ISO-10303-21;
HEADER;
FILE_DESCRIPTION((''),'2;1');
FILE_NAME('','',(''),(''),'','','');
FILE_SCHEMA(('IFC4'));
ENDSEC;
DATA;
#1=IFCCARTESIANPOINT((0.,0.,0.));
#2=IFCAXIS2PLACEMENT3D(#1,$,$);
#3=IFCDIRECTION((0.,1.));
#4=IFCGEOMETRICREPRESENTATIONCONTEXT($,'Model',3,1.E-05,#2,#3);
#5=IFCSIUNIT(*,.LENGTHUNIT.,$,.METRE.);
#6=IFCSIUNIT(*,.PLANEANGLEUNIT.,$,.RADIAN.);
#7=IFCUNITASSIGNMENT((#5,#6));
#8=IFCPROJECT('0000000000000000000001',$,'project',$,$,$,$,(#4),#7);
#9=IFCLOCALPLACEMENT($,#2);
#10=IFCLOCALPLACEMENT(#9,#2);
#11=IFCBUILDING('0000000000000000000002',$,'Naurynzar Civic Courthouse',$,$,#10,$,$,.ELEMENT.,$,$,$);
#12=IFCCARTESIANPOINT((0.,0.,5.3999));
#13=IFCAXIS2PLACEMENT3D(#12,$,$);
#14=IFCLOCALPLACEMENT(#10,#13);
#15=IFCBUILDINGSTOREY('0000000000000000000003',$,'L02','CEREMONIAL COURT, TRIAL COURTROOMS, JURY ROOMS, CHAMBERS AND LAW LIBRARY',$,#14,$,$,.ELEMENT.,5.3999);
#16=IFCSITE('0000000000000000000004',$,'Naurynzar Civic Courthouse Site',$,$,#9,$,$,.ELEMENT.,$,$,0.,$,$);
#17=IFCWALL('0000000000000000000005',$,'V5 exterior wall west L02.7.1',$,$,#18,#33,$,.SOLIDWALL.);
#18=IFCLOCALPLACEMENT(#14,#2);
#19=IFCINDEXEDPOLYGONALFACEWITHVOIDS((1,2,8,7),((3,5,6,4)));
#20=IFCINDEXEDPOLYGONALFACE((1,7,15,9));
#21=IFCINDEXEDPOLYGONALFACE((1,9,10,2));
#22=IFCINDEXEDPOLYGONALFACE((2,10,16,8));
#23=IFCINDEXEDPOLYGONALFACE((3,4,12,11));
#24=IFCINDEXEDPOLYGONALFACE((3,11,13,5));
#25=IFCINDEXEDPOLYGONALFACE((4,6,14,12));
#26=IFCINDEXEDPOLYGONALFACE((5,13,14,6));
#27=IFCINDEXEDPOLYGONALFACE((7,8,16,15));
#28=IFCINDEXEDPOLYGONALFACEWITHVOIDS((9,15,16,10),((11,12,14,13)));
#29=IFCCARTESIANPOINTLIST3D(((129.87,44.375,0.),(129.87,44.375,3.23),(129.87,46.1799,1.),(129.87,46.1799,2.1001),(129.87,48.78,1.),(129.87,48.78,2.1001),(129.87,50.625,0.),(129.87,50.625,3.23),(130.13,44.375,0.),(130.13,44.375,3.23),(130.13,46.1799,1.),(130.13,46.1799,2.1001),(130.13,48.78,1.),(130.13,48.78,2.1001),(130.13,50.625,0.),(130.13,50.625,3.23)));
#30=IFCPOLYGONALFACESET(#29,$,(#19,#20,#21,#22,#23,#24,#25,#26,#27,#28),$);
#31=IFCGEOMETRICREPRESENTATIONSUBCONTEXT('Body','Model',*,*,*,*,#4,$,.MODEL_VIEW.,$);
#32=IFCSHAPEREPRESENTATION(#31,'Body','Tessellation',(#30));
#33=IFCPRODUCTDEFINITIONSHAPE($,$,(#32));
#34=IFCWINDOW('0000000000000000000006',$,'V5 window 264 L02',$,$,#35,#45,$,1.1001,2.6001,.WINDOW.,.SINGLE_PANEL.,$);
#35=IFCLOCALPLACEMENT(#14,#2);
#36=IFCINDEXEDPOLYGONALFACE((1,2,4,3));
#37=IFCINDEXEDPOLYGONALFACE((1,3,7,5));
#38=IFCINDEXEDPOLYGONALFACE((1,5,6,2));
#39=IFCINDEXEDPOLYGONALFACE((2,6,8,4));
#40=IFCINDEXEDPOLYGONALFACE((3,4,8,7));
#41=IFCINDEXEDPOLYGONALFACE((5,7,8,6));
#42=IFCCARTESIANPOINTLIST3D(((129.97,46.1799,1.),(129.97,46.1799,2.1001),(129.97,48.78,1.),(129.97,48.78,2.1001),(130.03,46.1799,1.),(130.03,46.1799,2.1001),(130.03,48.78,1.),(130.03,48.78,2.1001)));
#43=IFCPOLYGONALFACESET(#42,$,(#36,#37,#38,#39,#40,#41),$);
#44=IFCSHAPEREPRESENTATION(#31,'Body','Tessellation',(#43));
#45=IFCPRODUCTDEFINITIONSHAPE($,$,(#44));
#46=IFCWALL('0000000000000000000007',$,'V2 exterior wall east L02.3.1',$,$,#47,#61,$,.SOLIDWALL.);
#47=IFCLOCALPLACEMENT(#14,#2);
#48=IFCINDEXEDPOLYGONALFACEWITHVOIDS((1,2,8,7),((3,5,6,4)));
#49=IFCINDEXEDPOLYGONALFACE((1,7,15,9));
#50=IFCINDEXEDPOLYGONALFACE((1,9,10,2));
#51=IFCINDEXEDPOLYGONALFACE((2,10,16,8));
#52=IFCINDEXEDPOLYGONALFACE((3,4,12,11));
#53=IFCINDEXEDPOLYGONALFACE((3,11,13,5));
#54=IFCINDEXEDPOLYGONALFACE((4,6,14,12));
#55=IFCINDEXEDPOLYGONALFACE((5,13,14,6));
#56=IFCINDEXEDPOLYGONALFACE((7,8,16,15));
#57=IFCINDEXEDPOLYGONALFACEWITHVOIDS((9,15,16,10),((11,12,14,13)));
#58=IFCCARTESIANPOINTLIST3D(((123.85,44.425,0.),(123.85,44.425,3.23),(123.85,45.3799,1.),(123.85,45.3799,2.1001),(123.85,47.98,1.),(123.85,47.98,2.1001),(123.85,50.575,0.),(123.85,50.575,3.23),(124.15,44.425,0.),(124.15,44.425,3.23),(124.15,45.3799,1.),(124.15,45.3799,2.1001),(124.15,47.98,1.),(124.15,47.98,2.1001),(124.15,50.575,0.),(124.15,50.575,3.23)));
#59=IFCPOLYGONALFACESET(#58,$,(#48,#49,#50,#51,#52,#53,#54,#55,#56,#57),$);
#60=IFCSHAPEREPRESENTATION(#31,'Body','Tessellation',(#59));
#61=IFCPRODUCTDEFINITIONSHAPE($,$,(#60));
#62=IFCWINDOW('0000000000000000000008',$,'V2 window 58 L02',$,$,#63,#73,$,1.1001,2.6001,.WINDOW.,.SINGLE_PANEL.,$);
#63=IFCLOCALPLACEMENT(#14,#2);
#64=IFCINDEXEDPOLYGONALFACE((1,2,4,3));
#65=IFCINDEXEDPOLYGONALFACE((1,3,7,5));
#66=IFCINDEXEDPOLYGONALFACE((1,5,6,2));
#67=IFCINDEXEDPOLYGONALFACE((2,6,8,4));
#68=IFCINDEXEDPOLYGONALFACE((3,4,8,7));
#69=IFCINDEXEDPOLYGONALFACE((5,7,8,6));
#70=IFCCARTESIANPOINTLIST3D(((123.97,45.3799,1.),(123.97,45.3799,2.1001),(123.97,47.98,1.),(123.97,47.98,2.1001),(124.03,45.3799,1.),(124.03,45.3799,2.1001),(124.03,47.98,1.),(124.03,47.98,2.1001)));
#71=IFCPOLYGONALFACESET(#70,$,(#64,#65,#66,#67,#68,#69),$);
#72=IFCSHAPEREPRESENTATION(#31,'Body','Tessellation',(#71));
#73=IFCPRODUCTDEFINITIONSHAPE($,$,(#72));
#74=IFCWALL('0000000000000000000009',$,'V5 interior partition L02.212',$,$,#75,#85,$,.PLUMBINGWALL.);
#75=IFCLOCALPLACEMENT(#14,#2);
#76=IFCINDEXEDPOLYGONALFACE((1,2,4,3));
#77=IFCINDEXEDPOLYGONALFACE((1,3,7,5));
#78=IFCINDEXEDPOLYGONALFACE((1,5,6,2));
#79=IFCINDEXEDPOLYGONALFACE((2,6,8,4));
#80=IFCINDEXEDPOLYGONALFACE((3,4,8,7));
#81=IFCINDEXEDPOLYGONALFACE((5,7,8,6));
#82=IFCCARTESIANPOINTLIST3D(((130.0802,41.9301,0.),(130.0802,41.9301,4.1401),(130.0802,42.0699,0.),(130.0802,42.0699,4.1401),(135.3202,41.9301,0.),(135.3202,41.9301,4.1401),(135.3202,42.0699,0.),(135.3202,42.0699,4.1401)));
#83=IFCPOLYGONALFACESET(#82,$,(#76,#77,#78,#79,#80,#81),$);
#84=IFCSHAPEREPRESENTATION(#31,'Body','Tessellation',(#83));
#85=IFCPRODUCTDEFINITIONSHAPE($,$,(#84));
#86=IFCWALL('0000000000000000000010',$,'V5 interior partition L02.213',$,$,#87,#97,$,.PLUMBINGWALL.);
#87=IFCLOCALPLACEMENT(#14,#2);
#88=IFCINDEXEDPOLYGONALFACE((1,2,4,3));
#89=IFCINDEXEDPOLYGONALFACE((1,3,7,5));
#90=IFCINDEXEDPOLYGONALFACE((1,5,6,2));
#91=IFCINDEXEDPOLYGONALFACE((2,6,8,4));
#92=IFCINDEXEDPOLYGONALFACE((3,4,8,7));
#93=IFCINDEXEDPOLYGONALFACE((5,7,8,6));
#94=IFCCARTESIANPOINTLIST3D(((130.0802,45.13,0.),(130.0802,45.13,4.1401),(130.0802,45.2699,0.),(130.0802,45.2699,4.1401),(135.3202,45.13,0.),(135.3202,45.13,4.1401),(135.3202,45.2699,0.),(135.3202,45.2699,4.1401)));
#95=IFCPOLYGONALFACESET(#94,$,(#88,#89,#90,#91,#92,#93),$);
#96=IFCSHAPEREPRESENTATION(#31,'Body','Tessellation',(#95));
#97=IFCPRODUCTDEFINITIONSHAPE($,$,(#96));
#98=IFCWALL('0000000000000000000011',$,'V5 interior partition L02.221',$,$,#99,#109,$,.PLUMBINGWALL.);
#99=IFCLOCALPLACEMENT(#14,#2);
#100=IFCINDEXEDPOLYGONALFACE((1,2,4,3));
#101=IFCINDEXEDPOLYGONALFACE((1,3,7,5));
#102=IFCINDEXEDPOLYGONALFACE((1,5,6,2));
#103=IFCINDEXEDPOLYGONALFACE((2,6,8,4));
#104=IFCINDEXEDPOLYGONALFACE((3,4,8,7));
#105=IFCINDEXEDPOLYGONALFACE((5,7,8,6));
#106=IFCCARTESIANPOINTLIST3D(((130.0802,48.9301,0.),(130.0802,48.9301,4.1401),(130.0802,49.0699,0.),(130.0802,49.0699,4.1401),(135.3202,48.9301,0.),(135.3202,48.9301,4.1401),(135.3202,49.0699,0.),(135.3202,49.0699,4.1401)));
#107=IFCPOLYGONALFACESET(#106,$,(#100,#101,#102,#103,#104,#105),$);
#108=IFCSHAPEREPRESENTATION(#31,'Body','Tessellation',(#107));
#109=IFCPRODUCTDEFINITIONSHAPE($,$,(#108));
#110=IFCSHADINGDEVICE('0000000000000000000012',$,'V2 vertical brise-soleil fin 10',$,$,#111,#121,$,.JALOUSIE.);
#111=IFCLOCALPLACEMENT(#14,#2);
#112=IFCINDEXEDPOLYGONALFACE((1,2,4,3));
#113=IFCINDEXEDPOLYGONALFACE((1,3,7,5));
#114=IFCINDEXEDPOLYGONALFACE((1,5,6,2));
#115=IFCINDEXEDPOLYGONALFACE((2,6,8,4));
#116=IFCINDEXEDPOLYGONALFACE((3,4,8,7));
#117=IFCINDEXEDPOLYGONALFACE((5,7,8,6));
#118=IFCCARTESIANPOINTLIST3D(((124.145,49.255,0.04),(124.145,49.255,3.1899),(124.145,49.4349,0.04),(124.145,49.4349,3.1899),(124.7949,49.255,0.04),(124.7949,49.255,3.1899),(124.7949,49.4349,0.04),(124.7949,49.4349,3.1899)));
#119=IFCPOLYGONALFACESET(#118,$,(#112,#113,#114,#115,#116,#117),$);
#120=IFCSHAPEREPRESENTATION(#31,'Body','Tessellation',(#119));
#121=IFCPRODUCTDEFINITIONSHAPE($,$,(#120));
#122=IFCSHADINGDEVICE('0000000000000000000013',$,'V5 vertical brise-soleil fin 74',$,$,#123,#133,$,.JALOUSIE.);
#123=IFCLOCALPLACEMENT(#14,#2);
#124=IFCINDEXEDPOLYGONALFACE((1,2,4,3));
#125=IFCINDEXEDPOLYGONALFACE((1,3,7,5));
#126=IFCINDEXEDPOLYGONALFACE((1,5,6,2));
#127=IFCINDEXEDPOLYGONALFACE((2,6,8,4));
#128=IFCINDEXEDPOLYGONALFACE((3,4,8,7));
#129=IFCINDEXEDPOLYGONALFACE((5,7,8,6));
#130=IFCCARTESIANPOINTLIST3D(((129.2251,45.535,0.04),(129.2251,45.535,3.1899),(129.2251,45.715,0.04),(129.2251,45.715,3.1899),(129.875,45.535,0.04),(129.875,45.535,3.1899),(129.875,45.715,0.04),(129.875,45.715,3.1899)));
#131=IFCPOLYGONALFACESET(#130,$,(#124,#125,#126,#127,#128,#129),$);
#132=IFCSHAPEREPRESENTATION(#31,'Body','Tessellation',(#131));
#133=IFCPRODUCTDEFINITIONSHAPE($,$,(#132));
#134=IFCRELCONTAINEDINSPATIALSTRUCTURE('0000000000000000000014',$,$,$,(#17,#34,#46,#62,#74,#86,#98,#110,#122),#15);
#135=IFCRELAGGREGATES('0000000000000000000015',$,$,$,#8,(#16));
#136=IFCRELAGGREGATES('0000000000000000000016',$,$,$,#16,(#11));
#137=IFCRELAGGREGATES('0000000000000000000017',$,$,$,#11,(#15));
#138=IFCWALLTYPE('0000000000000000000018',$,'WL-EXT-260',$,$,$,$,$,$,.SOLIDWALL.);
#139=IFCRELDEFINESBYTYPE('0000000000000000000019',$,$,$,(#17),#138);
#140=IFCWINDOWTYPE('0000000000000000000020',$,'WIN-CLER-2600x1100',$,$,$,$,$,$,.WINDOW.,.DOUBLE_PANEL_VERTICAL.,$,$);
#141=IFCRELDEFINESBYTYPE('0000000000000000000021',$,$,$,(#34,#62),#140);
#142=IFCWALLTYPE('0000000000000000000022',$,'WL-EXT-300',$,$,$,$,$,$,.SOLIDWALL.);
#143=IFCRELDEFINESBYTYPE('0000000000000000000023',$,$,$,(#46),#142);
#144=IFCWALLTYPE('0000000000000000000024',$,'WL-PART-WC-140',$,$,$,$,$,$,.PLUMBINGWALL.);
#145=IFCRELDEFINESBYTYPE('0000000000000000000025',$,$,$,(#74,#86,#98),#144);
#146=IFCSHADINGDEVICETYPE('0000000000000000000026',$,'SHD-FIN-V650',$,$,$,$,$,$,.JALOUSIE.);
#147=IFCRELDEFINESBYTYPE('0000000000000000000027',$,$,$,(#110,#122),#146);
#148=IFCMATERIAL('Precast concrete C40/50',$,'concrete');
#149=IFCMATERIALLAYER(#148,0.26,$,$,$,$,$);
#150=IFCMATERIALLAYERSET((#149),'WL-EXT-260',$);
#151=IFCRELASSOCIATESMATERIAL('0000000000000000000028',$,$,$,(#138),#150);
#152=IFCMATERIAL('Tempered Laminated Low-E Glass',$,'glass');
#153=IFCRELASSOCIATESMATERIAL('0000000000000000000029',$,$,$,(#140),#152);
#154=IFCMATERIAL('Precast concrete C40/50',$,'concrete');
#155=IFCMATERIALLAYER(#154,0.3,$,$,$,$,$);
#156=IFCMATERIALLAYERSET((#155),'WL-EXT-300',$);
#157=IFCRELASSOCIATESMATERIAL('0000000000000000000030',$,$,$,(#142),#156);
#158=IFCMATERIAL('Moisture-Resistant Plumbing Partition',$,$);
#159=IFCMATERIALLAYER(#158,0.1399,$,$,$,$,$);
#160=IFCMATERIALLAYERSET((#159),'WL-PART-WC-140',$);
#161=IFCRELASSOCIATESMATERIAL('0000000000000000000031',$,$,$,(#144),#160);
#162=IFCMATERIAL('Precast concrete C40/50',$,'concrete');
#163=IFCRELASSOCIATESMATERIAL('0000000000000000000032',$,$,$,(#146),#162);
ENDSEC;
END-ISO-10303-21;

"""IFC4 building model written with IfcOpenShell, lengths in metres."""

from ifc_helpers import new_model, si_unit, direction, frame, frame_2d, origin, origin_2d, place, context, subcontext, project, spatial, rectangle, extrude, material, layer, layer_set, type_object, element, fill, save


model = new_model("IFC4")

# Units and contexts
model_context = context("Model", 3, precision=1e-05, world=origin(), true_north=direction((0.0, 1.0)))
body_context = subcontext(model_context, "Body", "Model", "MODEL_VIEW")
ifc_project = project(units=[si_unit("LENGTHUNIT", "METRE"), si_unit("PLANEANGLEUNIT", "RADIAN")], contexts=[model_context])

# Site, building, storey
site_placement = place(None, origin())
site = spatial("IfcSite", under=ifc_project, at=site_placement, Name="Naurynzar Civic Courthouse Site", CompositionType="ELEMENT", RefElevation=0.0)
building_placement = place(site_placement, origin())
building = spatial("IfcBuilding", under=site, at=building_placement, Name="Naurynzar Civic Courthouse", CompositionType="ELEMENT")
storey_placement = place(building_placement, frame((0.0, 0.0, 5.3999)))
storey = spatial("IfcBuildingStorey", under=building, at=storey_placement, Name="L02", Description="CEREMONIAL COURT, TRIAL COURTROOMS, JURY ROOMS, CHAMBERS AND LAW LIBRARY", CompositionType="ELEMENT", Elevation=5.3999)

# Walls, openings, windows
ifc_material_1 = material(Name="Precast concrete C40/50", Category="concrete")
ifc_layer_1 = layer(ifc_material_1, 0.26)
ifc_layer_set_1 = layer_set([ifc_layer_1], Name="WL-EXT-260")
wall_type_1 = type_object("IfcWallType", Name="WL-EXT-260", PredefinedType="SOLIDWALL", material=ifc_layer_set_1)
wall_1_placement = place(storey_placement, frame((130.0, 44.375, 0.0), z_axis=(0.0, 0.0, 1.0), x_axis=(0.0, 1.0, 0.0)))
wall_1 = element("IfcWall", 1, at=wall_1_placement, inside=storey, type_object=wall_type_1, Name="V5 exterior wall west L02.7.1", PredefinedType="SOLIDWALL", context=body_context, shape_type="SweptSolid", body=[
    extrude(rectangle(XDim=6.25, YDim=0.26, at=frame_2d((3.125, 0.0))), origin(), (0.0, 0.0, 1.0), 3.23),
])
opening_1_placement = place(wall_1_placement, frame((1.8049, 0.0, 1.0)))
opening_1 = element("IfcOpeningElement", 2, at=opening_1_placement, cuts=wall_1, PredefinedType="OPENING", context=body_context, shape_type="SweptSolid", body=[
    extrude(rectangle(XDim=2.6001, YDim=1.1001, at=frame_2d((1.3, 0.55))), frame((0.0, 0.1399, 0.0), z_axis=(0.0, -1.0, 0.0), x_axis=(1.0, 0.0, 0.0)), (0.0, 0.0, 1.0), 0.28),
])
ifc_material_2 = material(Name="Tempered Laminated Low-E Glass", Category="glass")
window_type = type_object("IfcWindowType", Name="WIN-CLER-2600x1100", PartitioningType="DOUBLE_PANEL_VERTICAL", PredefinedType="WINDOW", material=ifc_material_2)
window_1_placement = place(opening_1_placement, origin())
window_1 = element("IfcWindow", 3, at=window_1_placement, inside=storey, type_object=window_type, Name="V5 window 264 L02", OverallHeight=1.1001, OverallWidth=2.6001, PartitioningType="SINGLE_PANEL", PredefinedType="WINDOW", context=body_context, shape_type="SweptSolid", body=[
    extrude(rectangle(XDim=2.6001, YDim=1.1001, at=frame_2d((1.3, 0.55))), frame((0.0, 0.03, 0.0), z_axis=(0.0, -1.0, 0.0), x_axis=(1.0, 0.0, 0.0)), (0.0, 0.0, 1.0), 0.0601),
])
fill(opening_1, window_1)
ifc_material_3 = material(Name="Precast concrete C40/50", Category="concrete")
ifc_layer_2 = layer(ifc_material_3, 0.3)
ifc_layer_set_2 = layer_set([ifc_layer_2], Name="WL-EXT-300")
wall_type_2 = type_object("IfcWallType", Name="WL-EXT-300", PredefinedType="SOLIDWALL", material=ifc_layer_set_2)
wall_2_placement = place(storey_placement, frame((124.0, 50.575, 0.0), z_axis=(0.0, 0.0, 1.0), x_axis=(0.0, -1.0, 0.0)))
wall_2 = element("IfcWall", 4, at=wall_2_placement, inside=storey, type_object=wall_type_2, Name="V2 exterior wall east L02.3.1", PredefinedType="SOLIDWALL", context=body_context, shape_type="SweptSolid", body=[
    extrude(rectangle(XDim=6.1499, YDim=0.3, at=frame_2d((3.075, 0.0))), origin(), (0.0, 0.0, 1.0), 3.23),
])
opening_2_placement = place(wall_2_placement, frame((2.595, 0.0, 1.0)))
opening_2 = element("IfcOpeningElement", 5, at=opening_2_placement, cuts=wall_2, PredefinedType="OPENING", context=body_context, shape_type="SweptSolid", body=[
    extrude(rectangle(XDim=2.6001, YDim=1.1001, at=frame_2d((1.3, 0.55))), frame((0.0, 0.1599, 0.0), z_axis=(0.0, -1.0, 0.0), x_axis=(1.0, 0.0, 0.0)), (0.0, 0.0, 1.0), 0.3201),
])
window_2_placement = place(opening_2_placement, origin())
window_2 = element("IfcWindow", 6, at=window_2_placement, inside=storey, type_object=window_type, Name="V2 window 58 L02", OverallHeight=1.1001, OverallWidth=2.6001, PartitioningType="SINGLE_PANEL", PredefinedType="WINDOW", context=body_context, shape_type="SweptSolid", body=[
    extrude(rectangle(XDim=2.6001, YDim=1.1001, at=frame_2d((1.3, 0.55))), frame((0.0, 0.03, 0.0), z_axis=(0.0, -1.0, 0.0), x_axis=(1.0, 0.0, 0.0)), (0.0, 0.0, 1.0), 0.0601),
])
fill(opening_2, window_2)

# Walls
ifc_material_4 = material(Name="Moisture-Resistant Plumbing Partition")
ifc_layer_3 = layer(ifc_material_4, 0.1399)
ifc_layer_set_3 = layer_set([ifc_layer_3], Name="WL-PART-WC-140")
wall_type_3 = type_object("IfcWallType", Name="WL-PART-WC-140", PredefinedType="PLUMBINGWALL", material=ifc_layer_set_3)
for number, where, z_axis, x_axis, name in (
    (7, (130.0801, 42.0, 0.0), (0.0, 0.0, 1.0), (1.0, 0.0, 0.0), "V5 interior partition L02.212"),
    (8, (130.0801, 45.2, 0.0), (0.0, 0.0, 1.0), (1.0, 0.0, 0.0), "V5 interior partition L02.213"),
    (9, (130.0801, 49.0, 0.0), (0.0, 0.0, 1.0), (1.0, 0.0, 0.0), "V5 interior partition L02.221"),
):
    element("IfcWall", number, at=place(storey_placement, frame(where, z_axis=z_axis, x_axis=x_axis)), inside=storey, type_object=wall_type_3, Name=name, PredefinedType="PLUMBINGWALL", context=body_context, shape_type="SweptSolid", body=[
        extrude(rectangle(XDim=5.24, YDim=0.1399, at=frame_2d((2.6201, 0.0))), origin(), (0.0, 0.0, 1.0), 4.1401),
    ])

# Shading devices
ifc_material_5 = material(Name="Precast concrete C40/50", Category="concrete")
shading_device_type = type_object("IfcShadingDeviceType", Name="SHD-FIN-V650", PredefinedType="JALOUSIE", material=ifc_material_5)
for number, where, z_axis, x_axis, name in (
    (10, (124.47, 49.345, 0.04), (0.0, 0.0, 1.0), (0.0, -1.0, 0.0), "V2 vertical brise-soleil fin 10"),
    (11, (129.55, 45.625, 0.04), (0.0, 0.0, 1.0), (0.0, 1.0, 0.0), "V5 vertical brise-soleil fin 74"),
):
    element("IfcShadingDevice", number, at=place(storey_placement, frame(where, z_axis=z_axis, x_axis=x_axis)), inside=storey, type_object=shading_device_type, Name=name, PredefinedType="JALOUSIE", context=body_context, shape_type="SweptSolid", body=[
        extrude(rectangle(XDim=0.1799, YDim=0.6499, at=origin_2d()), origin(), (0.0, 0.0, 1.0), 3.1499),
    ])

save(model, "model.ifc")
